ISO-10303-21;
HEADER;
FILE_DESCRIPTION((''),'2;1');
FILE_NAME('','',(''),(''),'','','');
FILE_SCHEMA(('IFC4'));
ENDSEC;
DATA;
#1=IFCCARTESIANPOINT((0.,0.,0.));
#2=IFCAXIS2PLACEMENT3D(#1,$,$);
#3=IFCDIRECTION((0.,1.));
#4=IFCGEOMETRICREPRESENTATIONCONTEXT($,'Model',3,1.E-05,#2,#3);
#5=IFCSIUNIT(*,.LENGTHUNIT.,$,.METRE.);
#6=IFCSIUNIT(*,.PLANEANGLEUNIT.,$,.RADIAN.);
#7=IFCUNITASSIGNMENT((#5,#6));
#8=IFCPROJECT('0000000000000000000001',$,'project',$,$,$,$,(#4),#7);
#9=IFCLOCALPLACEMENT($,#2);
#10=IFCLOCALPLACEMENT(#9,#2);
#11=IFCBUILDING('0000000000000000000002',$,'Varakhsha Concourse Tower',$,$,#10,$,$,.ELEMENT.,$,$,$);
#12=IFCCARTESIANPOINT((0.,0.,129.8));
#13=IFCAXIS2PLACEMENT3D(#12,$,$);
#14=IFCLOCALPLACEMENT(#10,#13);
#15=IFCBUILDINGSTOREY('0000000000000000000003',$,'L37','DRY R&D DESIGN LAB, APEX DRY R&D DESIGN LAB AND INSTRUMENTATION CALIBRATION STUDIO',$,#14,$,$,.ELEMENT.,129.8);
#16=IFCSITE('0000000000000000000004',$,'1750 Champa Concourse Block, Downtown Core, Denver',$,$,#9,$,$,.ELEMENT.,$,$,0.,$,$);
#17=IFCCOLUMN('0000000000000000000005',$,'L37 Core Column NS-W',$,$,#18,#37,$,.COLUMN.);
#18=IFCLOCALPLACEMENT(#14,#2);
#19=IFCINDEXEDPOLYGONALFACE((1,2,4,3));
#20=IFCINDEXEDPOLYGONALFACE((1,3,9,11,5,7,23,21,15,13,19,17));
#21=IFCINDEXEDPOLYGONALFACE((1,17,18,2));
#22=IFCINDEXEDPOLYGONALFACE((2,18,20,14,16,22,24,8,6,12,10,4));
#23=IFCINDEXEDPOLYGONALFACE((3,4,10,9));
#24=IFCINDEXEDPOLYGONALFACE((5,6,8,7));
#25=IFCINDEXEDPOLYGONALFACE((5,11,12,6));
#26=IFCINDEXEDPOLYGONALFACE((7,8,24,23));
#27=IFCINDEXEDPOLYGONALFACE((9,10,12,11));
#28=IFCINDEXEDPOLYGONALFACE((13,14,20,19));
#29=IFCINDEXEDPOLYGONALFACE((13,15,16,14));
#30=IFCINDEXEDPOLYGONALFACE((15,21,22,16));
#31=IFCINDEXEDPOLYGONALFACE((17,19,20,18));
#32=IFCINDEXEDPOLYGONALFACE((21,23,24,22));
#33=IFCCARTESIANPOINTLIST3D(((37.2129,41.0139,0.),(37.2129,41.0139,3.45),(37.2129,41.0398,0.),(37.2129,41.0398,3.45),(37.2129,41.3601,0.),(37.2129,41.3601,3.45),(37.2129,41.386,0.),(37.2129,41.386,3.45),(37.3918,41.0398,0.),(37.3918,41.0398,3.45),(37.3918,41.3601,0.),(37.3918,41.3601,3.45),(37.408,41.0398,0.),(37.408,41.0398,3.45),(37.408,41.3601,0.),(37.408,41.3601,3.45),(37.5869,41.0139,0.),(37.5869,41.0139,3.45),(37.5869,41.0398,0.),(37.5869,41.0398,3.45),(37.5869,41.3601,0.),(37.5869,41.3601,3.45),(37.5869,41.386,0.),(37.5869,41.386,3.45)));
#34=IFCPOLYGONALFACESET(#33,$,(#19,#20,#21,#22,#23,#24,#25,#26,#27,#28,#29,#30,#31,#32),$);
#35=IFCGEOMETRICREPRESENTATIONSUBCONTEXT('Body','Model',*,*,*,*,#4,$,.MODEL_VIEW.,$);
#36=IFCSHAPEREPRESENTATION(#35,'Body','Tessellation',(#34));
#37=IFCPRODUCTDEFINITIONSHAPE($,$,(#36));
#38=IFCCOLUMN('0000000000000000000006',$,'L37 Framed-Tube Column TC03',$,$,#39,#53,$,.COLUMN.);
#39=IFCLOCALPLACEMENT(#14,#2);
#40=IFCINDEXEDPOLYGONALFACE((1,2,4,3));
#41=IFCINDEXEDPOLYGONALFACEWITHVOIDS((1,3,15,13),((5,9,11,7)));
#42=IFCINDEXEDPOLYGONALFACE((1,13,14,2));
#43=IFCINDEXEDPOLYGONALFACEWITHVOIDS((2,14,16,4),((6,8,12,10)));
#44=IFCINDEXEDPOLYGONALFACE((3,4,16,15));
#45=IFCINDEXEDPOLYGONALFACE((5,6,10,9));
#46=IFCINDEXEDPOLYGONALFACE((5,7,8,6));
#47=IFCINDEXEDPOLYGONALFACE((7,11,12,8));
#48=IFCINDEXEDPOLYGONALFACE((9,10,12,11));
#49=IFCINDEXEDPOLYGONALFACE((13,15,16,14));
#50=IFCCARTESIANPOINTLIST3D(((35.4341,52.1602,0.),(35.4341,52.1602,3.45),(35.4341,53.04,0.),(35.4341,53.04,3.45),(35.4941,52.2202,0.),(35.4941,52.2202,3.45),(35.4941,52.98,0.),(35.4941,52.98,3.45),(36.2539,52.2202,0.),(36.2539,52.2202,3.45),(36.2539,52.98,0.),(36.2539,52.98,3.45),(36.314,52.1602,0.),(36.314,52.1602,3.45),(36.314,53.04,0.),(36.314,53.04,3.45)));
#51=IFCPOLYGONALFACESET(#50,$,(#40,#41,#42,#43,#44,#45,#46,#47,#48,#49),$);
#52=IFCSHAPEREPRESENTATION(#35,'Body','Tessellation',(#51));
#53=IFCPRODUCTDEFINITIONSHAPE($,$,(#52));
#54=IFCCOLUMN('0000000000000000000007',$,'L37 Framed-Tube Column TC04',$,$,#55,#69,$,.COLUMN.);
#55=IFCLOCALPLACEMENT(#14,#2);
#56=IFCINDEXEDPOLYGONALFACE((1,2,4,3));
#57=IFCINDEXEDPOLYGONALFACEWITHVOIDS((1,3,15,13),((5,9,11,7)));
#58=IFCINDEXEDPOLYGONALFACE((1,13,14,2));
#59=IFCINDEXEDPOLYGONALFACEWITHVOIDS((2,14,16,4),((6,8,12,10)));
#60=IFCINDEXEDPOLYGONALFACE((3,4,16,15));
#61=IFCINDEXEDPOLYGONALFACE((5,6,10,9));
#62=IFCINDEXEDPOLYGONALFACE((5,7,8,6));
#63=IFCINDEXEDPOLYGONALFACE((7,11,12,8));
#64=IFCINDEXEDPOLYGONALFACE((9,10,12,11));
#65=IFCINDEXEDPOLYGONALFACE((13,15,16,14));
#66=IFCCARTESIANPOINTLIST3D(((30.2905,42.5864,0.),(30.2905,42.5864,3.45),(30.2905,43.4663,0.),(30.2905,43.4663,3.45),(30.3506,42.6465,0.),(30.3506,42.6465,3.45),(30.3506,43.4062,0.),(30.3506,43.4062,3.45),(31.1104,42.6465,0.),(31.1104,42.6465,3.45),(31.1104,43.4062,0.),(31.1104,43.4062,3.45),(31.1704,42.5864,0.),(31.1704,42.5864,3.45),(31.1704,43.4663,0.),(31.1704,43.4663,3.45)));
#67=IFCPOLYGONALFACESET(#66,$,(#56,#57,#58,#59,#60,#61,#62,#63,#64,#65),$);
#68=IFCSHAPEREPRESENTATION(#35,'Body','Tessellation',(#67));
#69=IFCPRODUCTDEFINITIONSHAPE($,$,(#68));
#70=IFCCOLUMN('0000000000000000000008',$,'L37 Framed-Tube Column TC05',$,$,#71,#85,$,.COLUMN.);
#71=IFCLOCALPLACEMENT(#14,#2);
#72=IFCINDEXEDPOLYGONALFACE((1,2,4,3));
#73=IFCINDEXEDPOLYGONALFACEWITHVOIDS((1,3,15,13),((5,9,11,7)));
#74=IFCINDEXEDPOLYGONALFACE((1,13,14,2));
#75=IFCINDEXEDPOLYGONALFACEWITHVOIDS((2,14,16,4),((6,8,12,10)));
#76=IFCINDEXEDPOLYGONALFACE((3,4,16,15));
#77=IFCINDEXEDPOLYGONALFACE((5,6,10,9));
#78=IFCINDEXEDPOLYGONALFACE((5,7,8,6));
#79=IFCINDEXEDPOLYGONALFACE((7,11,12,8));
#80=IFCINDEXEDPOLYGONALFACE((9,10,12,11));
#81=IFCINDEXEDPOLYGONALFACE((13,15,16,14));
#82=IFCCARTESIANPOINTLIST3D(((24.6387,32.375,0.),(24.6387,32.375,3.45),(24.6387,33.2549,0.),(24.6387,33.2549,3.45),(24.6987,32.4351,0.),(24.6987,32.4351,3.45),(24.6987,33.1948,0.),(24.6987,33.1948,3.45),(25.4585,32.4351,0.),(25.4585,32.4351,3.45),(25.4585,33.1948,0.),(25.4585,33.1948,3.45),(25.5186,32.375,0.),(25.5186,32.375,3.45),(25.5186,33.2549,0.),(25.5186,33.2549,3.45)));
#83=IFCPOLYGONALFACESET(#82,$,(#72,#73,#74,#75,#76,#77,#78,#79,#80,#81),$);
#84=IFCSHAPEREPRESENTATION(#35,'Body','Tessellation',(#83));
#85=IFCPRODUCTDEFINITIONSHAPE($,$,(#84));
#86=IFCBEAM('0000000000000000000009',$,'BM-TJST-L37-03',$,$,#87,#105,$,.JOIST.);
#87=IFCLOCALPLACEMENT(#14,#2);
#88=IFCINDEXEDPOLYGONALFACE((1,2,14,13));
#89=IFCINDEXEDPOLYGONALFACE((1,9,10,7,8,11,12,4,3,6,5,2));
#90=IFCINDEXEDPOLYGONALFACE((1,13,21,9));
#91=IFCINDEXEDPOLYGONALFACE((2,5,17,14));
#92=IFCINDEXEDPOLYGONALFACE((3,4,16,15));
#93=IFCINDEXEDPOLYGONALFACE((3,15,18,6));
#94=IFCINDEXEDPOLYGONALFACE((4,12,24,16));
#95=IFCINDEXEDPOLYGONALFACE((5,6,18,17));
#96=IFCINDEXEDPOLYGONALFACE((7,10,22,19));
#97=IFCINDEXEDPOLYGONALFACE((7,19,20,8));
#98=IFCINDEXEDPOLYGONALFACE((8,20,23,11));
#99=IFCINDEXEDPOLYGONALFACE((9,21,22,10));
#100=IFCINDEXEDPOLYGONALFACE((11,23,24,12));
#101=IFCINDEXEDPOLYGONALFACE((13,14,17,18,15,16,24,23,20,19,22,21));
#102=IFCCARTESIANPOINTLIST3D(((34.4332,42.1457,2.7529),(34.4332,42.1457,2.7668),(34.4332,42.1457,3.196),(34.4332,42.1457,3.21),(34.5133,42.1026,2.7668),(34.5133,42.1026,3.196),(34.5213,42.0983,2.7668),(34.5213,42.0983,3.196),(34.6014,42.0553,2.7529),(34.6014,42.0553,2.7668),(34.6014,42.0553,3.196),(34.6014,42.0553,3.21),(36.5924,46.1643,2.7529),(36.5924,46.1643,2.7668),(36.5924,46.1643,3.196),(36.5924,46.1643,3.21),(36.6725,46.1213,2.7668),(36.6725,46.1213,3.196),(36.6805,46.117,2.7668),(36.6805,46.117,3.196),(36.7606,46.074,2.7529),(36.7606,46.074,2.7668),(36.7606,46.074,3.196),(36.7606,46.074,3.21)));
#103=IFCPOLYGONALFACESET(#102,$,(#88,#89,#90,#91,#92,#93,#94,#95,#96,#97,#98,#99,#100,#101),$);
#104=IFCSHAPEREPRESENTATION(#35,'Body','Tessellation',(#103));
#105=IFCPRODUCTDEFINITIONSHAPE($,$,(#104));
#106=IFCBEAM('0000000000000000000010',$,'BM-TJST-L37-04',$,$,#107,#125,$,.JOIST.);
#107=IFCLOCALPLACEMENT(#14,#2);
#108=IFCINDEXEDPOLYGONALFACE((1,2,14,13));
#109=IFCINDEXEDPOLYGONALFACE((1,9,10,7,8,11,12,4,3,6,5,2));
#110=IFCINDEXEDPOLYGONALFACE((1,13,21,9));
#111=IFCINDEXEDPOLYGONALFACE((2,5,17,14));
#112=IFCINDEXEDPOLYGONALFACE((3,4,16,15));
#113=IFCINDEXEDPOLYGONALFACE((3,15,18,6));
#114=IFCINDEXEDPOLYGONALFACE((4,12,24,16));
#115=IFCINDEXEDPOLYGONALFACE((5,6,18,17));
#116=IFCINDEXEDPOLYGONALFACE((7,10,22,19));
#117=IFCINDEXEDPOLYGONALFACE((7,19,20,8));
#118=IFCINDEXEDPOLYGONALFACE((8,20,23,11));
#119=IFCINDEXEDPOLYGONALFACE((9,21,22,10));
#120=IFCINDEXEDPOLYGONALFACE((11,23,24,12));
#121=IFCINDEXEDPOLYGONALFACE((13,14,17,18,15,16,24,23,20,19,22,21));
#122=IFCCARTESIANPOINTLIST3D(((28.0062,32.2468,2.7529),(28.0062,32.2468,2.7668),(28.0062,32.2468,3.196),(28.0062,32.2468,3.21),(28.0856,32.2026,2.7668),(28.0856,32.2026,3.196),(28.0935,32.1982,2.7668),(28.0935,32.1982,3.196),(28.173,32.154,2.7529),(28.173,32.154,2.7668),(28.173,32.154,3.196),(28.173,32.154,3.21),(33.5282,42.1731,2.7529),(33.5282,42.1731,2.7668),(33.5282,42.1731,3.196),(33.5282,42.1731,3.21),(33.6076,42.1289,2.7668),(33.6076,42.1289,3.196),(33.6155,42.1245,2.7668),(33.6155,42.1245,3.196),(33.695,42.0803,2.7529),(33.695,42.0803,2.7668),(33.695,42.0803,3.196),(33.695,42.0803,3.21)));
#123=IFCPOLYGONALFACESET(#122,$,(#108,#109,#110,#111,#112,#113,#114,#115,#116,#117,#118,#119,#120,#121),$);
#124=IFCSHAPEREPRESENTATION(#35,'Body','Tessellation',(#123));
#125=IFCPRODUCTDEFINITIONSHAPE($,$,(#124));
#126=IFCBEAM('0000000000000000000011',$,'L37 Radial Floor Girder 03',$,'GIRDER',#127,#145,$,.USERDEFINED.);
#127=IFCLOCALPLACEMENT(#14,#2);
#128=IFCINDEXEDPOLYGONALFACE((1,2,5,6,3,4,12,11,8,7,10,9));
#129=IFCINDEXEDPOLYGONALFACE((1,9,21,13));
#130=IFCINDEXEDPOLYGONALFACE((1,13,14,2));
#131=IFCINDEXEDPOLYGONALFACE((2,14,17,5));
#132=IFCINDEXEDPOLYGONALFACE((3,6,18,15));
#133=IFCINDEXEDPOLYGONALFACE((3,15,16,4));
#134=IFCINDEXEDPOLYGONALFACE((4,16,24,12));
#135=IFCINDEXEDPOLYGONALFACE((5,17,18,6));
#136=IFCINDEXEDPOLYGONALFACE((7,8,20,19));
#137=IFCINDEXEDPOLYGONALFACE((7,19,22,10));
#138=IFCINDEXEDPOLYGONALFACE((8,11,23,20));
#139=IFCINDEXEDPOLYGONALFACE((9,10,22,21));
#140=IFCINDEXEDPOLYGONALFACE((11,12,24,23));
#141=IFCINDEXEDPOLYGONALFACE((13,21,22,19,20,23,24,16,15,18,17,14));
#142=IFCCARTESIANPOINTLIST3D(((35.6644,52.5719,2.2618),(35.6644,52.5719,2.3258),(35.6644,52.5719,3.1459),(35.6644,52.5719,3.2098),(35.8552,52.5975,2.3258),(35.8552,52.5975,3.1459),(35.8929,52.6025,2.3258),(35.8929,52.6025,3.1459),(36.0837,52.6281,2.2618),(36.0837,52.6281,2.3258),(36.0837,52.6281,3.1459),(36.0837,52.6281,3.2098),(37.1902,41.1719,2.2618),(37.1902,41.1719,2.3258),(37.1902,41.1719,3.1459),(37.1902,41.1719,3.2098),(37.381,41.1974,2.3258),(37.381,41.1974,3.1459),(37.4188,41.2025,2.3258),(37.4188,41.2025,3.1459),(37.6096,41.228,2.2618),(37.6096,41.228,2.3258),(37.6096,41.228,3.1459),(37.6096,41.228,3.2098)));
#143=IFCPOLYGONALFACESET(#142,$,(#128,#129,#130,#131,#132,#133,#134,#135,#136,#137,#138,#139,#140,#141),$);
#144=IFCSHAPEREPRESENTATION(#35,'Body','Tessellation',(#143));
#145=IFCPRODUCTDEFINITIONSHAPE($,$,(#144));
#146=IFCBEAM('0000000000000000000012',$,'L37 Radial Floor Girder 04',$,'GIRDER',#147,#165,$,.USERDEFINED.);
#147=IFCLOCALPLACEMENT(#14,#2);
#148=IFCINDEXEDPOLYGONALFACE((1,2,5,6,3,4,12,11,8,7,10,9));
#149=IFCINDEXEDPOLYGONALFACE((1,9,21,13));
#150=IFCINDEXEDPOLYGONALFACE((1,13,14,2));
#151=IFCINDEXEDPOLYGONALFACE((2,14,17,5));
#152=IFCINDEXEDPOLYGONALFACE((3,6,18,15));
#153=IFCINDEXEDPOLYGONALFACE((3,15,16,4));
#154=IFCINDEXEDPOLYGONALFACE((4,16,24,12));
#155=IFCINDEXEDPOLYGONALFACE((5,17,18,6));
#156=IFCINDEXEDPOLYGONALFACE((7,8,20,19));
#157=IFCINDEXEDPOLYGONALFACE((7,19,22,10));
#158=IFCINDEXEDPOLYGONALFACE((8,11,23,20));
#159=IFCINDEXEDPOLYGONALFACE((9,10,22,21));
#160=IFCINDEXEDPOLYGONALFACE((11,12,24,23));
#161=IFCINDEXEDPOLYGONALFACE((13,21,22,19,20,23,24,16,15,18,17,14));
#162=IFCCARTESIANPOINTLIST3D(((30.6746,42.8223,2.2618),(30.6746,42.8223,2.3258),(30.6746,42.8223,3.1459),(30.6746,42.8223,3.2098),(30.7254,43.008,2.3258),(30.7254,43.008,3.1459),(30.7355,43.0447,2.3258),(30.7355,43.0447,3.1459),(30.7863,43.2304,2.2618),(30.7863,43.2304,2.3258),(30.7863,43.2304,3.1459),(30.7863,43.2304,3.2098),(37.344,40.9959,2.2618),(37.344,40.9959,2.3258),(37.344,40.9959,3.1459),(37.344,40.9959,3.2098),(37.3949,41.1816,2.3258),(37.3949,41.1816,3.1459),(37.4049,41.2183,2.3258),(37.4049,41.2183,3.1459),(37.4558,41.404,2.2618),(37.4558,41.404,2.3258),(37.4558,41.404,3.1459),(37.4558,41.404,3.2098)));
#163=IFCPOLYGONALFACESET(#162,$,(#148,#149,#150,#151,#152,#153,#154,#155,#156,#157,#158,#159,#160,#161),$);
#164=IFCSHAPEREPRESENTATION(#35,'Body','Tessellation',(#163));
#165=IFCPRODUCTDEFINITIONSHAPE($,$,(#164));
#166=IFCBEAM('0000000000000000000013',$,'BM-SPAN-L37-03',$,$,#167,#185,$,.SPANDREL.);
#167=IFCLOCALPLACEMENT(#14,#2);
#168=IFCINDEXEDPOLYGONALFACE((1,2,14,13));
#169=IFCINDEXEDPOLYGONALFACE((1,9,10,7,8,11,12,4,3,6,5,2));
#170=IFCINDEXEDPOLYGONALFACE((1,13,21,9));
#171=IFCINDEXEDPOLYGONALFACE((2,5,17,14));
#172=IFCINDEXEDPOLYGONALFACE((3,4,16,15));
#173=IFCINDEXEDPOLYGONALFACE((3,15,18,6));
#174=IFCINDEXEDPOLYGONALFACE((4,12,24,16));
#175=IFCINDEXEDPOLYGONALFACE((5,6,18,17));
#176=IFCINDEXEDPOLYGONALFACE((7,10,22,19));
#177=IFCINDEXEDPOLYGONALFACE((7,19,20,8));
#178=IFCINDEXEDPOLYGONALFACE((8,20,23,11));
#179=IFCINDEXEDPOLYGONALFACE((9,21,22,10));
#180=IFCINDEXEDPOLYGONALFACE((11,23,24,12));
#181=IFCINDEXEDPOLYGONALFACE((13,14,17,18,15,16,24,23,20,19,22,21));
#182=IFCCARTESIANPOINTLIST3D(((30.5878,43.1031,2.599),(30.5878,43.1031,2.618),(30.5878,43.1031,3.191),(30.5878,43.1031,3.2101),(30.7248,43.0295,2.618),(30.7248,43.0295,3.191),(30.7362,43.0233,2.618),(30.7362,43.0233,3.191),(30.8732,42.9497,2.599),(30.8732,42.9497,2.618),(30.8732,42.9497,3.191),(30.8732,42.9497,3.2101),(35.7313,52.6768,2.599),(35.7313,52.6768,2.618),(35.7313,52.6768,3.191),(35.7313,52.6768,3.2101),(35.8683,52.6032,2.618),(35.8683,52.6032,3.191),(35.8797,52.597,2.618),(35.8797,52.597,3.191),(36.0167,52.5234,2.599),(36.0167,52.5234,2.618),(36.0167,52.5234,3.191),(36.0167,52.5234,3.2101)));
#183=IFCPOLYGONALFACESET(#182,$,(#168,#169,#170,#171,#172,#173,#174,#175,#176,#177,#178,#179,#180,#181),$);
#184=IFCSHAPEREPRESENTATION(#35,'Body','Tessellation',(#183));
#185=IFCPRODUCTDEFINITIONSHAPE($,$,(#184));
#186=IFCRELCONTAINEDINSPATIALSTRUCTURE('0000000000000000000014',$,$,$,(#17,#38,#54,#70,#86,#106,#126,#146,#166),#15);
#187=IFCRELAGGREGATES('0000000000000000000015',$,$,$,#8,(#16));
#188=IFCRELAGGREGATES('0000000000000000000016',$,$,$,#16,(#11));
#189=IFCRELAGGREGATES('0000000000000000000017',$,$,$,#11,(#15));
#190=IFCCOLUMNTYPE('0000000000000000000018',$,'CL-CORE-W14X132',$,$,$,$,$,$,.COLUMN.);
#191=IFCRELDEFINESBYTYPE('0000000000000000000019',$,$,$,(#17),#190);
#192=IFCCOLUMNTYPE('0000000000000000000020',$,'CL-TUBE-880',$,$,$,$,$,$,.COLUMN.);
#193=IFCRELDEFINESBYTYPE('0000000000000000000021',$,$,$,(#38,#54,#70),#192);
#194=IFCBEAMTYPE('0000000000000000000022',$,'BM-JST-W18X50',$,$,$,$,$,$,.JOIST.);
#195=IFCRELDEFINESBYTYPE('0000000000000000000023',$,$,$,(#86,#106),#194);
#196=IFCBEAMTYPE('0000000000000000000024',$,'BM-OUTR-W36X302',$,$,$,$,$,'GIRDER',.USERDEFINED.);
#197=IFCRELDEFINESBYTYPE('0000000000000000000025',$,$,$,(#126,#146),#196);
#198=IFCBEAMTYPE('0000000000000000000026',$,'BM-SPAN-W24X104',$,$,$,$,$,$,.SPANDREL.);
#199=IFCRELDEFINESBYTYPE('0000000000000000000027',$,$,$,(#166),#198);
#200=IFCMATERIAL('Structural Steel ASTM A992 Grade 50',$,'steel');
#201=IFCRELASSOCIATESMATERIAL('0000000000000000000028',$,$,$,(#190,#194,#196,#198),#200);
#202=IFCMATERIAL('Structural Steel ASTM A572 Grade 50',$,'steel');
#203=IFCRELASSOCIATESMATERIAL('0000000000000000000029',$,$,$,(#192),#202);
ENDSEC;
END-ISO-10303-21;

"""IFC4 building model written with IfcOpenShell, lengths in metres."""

from ifc_helpers import new_model, si_unit, direction, frame, origin, origin_2d, place, context, subcontext, project, spatial, hollow_rectangle, i_section, extrude, material, material_profile, profile_set, type_object, element, save


model = new_model("IFC4")

# Units and contexts
model_context = context("Model", 3, precision=1e-05, world=origin(), true_north=direction((0.0, 1.0)))
body_context = subcontext(model_context, "Body", "Model", "MODEL_VIEW")
ifc_project = project(units=[si_unit("LENGTHUNIT", "METRE"), si_unit("PLANEANGLEUNIT", "RADIAN")], contexts=[model_context])

# Site, building, storey
site_placement = place(None, origin())
site = spatial("IfcSite", under=ifc_project, at=site_placement, Name="1750 Champa Concourse Block, Downtown Core, Denver", CompositionType="ELEMENT", RefElevation=0.0)
building_placement = place(site_placement, origin())
building = spatial("IfcBuilding", under=site, at=building_placement, Name="Varakhsha Concourse Tower", CompositionType="ELEMENT")
storey_placement = place(building_placement, frame((0.0, 0.0, 129.8)))
storey = spatial("IfcBuildingStorey", under=building, at=storey_placement, Name="L37", Description="DRY R&D DESIGN LAB, APEX DRY R&D DESIGN LAB AND INSTRUMENTATION CALIBRATION STUDIO", CompositionType="ELEMENT", Elevation=129.8)

# Columns
ifc_material_1 = material(Name="Structural Steel ASTM A992 Grade 50", Category="steel")
ifc_material_profile_1 = material_profile(ifc_material_1, i_section(OverallWidth=0.374, OverallDepth=0.3721, WebThickness=0.0161, FlangeThickness=0.0259, at=origin_2d()), Name="W14X132")
ifc_profile_set_1 = profile_set([ifc_material_profile_1], Name="Structural Steel ASTM A992 Grade 50")
column_type_1 = type_object("IfcColumnType", Name="CL-CORE-W14X132", PredefinedType="COLUMN", material=ifc_profile_set_1)
column_placement = place(storey_placement, frame((37.3999, 41.2, 0.0), z_axis=(0.0, 0.0, 1.0), x_axis=(1.0, 0.0, 0.0)))
element("IfcColumn", 1, at=column_placement, inside=storey, type_object=column_type_1, Name="L37 Core Column NS-W", PredefinedType="COLUMN", context=body_context, shape_type="SweptSolid", body=[
    extrude(i_section(OverallWidth=0.374, OverallDepth=0.3721, WebThickness=0.0161, FlangeThickness=0.0259, at=origin_2d()), origin(), (0.0, 0.0, 1.0), 3.45),
])
ifc_material_2 = material(Name="Structural Steel ASTM A572 Grade 50", Category="steel")
ifc_material_profile_2 = material_profile(ifc_material_2, hollow_rectangle(XDim=0.8799, YDim=0.8799, WallThickness=0.0601, at=origin_2d()), Name="BOX 880x880x60")
ifc_profile_set_2 = profile_set([ifc_material_profile_2], Name="Structural Steel ASTM A572 Grade 50")
column_type_2 = type_object("IfcColumnType", Name="CL-TUBE-880", PredefinedType="COLUMN", material=ifc_profile_set_2)
for number, where, z_axis, x_axis, name in (
    (2, (35.874, 52.6001, 0.0), (0.0, 0.0, 1.0), (1.0, 0.0, 0.0), "L37 Framed-Tube Column TC03"),
    (3, (30.7305, 43.0264, 0.0), (0.0, 0.0, 1.0), (1.0, 0.0, 0.0), "L37 Framed-Tube Column TC04"),
    (4, (25.0786, 32.8149, 0.0), (0.0, 0.0, 1.0), (1.0, 0.0, 0.0), "L37 Framed-Tube Column TC05"),
):
    element("IfcColumn", number, at=place(storey_placement, frame(where, z_axis=z_axis, x_axis=x_axis)), inside=storey, type_object=column_type_2, Name=name, PredefinedType="COLUMN", context=body_context, shape_type="SweptSolid", body=[
        extrude(hollow_rectangle(XDim=0.8799, YDim=0.8799, WallThickness=0.0601, at=origin_2d()), origin(), (0.0, 0.0, 1.0), 3.45),
    ])

# Beams
ifc_material_profile_3 = material_profile(ifc_material_1, i_section(OverallWidth=0.1909, OverallDepth=0.457, WebThickness=0.009, FlangeThickness=0.0139, at=origin_2d()), Name="W18X50")
ifc_profile_set_3 = profile_set([ifc_material_profile_3], Name="Structural Steel ASTM A992 Grade 50")
beam_type_1 = type_object("IfcBeamType", Name="BM-JST-W18X50", PredefinedType="JOIST", material=ifc_profile_set_3)
beam_1_placement = place(storey_placement, frame((36.6765, 46.1191, 2.9814), z_axis=(-0.473308, -0.880897, 0.0), x_axis=(0.880897, -0.473308, 0.0)))
element("IfcBeam", 5, at=beam_1_placement, inside=storey, type_object=beam_type_1, Name="BM-TJST-L37-03", PredefinedType="JOIST", context=body_context, shape_type="SweptSolid", body=[
    extrude(i_section(OverallWidth=0.1909, OverallDepth=0.457, WebThickness=0.009, FlangeThickness=0.0139, at=origin_2d()), origin(), (0.0, 0.0, 1.0), 4.562),
])
beam_2_placement = place(storey_placement, frame((33.6116, 42.1267, 2.9814), z_axis=(-0.486139, -0.873881, 0.0), x_axis=(0.873881, -0.486139, 0.0)))
element("IfcBeam", 6, at=beam_2_placement, inside=storey, type_object=beam_type_1, Name="BM-TJST-L37-04", PredefinedType="JOIST", context=body_context, shape_type="SweptSolid", body=[
    extrude(i_section(OverallWidth=0.1909, OverallDepth=0.457, WebThickness=0.009, FlangeThickness=0.0139, at=origin_2d()), origin(), (0.0, 0.0, 1.0), 11.3589),
])
ifc_material_profile_4 = material_profile(ifc_material_1, i_section(OverallWidth=0.4231, OverallDepth=0.948, WebThickness=0.0381, FlangeThickness=0.064, at=origin_2d()), Name="W36X302")
ifc_profile_set_4 = profile_set([ifc_material_profile_4], Name="Structural Steel ASTM A992 Grade 50")
beam_type_2 = type_object("IfcBeamType", Name="BM-OUTR-W36X302", ElementType="GIRDER", PredefinedType="USERDEFINED", material=ifc_profile_set_4)
beam_3_placement = place(storey_placement, frame((37.3999, 41.2, 2.7358), z_axis=(-0.132664, 0.991161, 0.0), x_axis=(-0.991161, -0.132664, 0.0)))
element("IfcBeam", 7, at=beam_3_placement, inside=storey, type_object=beam_type_2, Name="L37 Radial Floor Girder 03", ObjectType="GIRDER", PredefinedType="USERDEFINED", context=body_context, shape_type="SweptSolid", body=[
    extrude(i_section(OverallWidth=0.4231, OverallDepth=0.948, WebThickness=0.0381, FlangeThickness=0.064, at=origin_2d()), origin(), (0.0, 0.0, 1.0), 11.5017),
])
beam_4_placement = place(storey_placement, frame((37.3999, 41.2, 2.7358), z_axis=(-0.964489, 0.264124, 0.0), x_axis=(-0.264124, -0.964489, 0.0)))
element("IfcBeam", 8, at=beam_4_placement, inside=storey, type_object=beam_type_2, Name="L37 Radial Floor Girder 04", ObjectType="GIRDER", PredefinedType="USERDEFINED", context=body_context, shape_type="SweptSolid", body=[
    extrude(i_section(OverallWidth=0.4231, OverallDepth=0.948, WebThickness=0.0381, FlangeThickness=0.064, at=origin_2d()), origin(), (0.0, 0.0, 1.0), 6.915),
])
ifc_material_profile_5 = material_profile(ifc_material_1, i_section(OverallWidth=0.324, OverallDepth=0.6111, WebThickness=0.0129, FlangeThickness=0.019, at=origin_2d()), Name="W24X104")
ifc_profile_set_5 = profile_set([ifc_material_profile_5], Name="Structural Steel ASTM A992 Grade 50")
beam_type_3 = type_object("IfcBeamType", Name="BM-SPAN-W24X104", PredefinedType="SPANDREL", material=ifc_profile_set_5)
beam_5_placement = place(storey_placement, frame((35.874, 52.6001, 2.9045), z_axis=(-0.473277, -0.880914, 0.0), x_axis=(0.880914, -0.473277, 0.0)))
element("IfcBeam", 9, at=beam_5_placement, inside=storey, type_object=beam_type_3, Name="BM-SPAN-L37-03", PredefinedType="SPANDREL", context=body_context, shape_type="SweptSolid", body=[
    extrude(i_section(OverallWidth=0.324, OverallDepth=0.6111, WebThickness=0.0129, FlangeThickness=0.019, at=origin_2d()), origin(), (0.0, 0.0, 1.0), 10.8679),
])

save(model, "model.ifc")
